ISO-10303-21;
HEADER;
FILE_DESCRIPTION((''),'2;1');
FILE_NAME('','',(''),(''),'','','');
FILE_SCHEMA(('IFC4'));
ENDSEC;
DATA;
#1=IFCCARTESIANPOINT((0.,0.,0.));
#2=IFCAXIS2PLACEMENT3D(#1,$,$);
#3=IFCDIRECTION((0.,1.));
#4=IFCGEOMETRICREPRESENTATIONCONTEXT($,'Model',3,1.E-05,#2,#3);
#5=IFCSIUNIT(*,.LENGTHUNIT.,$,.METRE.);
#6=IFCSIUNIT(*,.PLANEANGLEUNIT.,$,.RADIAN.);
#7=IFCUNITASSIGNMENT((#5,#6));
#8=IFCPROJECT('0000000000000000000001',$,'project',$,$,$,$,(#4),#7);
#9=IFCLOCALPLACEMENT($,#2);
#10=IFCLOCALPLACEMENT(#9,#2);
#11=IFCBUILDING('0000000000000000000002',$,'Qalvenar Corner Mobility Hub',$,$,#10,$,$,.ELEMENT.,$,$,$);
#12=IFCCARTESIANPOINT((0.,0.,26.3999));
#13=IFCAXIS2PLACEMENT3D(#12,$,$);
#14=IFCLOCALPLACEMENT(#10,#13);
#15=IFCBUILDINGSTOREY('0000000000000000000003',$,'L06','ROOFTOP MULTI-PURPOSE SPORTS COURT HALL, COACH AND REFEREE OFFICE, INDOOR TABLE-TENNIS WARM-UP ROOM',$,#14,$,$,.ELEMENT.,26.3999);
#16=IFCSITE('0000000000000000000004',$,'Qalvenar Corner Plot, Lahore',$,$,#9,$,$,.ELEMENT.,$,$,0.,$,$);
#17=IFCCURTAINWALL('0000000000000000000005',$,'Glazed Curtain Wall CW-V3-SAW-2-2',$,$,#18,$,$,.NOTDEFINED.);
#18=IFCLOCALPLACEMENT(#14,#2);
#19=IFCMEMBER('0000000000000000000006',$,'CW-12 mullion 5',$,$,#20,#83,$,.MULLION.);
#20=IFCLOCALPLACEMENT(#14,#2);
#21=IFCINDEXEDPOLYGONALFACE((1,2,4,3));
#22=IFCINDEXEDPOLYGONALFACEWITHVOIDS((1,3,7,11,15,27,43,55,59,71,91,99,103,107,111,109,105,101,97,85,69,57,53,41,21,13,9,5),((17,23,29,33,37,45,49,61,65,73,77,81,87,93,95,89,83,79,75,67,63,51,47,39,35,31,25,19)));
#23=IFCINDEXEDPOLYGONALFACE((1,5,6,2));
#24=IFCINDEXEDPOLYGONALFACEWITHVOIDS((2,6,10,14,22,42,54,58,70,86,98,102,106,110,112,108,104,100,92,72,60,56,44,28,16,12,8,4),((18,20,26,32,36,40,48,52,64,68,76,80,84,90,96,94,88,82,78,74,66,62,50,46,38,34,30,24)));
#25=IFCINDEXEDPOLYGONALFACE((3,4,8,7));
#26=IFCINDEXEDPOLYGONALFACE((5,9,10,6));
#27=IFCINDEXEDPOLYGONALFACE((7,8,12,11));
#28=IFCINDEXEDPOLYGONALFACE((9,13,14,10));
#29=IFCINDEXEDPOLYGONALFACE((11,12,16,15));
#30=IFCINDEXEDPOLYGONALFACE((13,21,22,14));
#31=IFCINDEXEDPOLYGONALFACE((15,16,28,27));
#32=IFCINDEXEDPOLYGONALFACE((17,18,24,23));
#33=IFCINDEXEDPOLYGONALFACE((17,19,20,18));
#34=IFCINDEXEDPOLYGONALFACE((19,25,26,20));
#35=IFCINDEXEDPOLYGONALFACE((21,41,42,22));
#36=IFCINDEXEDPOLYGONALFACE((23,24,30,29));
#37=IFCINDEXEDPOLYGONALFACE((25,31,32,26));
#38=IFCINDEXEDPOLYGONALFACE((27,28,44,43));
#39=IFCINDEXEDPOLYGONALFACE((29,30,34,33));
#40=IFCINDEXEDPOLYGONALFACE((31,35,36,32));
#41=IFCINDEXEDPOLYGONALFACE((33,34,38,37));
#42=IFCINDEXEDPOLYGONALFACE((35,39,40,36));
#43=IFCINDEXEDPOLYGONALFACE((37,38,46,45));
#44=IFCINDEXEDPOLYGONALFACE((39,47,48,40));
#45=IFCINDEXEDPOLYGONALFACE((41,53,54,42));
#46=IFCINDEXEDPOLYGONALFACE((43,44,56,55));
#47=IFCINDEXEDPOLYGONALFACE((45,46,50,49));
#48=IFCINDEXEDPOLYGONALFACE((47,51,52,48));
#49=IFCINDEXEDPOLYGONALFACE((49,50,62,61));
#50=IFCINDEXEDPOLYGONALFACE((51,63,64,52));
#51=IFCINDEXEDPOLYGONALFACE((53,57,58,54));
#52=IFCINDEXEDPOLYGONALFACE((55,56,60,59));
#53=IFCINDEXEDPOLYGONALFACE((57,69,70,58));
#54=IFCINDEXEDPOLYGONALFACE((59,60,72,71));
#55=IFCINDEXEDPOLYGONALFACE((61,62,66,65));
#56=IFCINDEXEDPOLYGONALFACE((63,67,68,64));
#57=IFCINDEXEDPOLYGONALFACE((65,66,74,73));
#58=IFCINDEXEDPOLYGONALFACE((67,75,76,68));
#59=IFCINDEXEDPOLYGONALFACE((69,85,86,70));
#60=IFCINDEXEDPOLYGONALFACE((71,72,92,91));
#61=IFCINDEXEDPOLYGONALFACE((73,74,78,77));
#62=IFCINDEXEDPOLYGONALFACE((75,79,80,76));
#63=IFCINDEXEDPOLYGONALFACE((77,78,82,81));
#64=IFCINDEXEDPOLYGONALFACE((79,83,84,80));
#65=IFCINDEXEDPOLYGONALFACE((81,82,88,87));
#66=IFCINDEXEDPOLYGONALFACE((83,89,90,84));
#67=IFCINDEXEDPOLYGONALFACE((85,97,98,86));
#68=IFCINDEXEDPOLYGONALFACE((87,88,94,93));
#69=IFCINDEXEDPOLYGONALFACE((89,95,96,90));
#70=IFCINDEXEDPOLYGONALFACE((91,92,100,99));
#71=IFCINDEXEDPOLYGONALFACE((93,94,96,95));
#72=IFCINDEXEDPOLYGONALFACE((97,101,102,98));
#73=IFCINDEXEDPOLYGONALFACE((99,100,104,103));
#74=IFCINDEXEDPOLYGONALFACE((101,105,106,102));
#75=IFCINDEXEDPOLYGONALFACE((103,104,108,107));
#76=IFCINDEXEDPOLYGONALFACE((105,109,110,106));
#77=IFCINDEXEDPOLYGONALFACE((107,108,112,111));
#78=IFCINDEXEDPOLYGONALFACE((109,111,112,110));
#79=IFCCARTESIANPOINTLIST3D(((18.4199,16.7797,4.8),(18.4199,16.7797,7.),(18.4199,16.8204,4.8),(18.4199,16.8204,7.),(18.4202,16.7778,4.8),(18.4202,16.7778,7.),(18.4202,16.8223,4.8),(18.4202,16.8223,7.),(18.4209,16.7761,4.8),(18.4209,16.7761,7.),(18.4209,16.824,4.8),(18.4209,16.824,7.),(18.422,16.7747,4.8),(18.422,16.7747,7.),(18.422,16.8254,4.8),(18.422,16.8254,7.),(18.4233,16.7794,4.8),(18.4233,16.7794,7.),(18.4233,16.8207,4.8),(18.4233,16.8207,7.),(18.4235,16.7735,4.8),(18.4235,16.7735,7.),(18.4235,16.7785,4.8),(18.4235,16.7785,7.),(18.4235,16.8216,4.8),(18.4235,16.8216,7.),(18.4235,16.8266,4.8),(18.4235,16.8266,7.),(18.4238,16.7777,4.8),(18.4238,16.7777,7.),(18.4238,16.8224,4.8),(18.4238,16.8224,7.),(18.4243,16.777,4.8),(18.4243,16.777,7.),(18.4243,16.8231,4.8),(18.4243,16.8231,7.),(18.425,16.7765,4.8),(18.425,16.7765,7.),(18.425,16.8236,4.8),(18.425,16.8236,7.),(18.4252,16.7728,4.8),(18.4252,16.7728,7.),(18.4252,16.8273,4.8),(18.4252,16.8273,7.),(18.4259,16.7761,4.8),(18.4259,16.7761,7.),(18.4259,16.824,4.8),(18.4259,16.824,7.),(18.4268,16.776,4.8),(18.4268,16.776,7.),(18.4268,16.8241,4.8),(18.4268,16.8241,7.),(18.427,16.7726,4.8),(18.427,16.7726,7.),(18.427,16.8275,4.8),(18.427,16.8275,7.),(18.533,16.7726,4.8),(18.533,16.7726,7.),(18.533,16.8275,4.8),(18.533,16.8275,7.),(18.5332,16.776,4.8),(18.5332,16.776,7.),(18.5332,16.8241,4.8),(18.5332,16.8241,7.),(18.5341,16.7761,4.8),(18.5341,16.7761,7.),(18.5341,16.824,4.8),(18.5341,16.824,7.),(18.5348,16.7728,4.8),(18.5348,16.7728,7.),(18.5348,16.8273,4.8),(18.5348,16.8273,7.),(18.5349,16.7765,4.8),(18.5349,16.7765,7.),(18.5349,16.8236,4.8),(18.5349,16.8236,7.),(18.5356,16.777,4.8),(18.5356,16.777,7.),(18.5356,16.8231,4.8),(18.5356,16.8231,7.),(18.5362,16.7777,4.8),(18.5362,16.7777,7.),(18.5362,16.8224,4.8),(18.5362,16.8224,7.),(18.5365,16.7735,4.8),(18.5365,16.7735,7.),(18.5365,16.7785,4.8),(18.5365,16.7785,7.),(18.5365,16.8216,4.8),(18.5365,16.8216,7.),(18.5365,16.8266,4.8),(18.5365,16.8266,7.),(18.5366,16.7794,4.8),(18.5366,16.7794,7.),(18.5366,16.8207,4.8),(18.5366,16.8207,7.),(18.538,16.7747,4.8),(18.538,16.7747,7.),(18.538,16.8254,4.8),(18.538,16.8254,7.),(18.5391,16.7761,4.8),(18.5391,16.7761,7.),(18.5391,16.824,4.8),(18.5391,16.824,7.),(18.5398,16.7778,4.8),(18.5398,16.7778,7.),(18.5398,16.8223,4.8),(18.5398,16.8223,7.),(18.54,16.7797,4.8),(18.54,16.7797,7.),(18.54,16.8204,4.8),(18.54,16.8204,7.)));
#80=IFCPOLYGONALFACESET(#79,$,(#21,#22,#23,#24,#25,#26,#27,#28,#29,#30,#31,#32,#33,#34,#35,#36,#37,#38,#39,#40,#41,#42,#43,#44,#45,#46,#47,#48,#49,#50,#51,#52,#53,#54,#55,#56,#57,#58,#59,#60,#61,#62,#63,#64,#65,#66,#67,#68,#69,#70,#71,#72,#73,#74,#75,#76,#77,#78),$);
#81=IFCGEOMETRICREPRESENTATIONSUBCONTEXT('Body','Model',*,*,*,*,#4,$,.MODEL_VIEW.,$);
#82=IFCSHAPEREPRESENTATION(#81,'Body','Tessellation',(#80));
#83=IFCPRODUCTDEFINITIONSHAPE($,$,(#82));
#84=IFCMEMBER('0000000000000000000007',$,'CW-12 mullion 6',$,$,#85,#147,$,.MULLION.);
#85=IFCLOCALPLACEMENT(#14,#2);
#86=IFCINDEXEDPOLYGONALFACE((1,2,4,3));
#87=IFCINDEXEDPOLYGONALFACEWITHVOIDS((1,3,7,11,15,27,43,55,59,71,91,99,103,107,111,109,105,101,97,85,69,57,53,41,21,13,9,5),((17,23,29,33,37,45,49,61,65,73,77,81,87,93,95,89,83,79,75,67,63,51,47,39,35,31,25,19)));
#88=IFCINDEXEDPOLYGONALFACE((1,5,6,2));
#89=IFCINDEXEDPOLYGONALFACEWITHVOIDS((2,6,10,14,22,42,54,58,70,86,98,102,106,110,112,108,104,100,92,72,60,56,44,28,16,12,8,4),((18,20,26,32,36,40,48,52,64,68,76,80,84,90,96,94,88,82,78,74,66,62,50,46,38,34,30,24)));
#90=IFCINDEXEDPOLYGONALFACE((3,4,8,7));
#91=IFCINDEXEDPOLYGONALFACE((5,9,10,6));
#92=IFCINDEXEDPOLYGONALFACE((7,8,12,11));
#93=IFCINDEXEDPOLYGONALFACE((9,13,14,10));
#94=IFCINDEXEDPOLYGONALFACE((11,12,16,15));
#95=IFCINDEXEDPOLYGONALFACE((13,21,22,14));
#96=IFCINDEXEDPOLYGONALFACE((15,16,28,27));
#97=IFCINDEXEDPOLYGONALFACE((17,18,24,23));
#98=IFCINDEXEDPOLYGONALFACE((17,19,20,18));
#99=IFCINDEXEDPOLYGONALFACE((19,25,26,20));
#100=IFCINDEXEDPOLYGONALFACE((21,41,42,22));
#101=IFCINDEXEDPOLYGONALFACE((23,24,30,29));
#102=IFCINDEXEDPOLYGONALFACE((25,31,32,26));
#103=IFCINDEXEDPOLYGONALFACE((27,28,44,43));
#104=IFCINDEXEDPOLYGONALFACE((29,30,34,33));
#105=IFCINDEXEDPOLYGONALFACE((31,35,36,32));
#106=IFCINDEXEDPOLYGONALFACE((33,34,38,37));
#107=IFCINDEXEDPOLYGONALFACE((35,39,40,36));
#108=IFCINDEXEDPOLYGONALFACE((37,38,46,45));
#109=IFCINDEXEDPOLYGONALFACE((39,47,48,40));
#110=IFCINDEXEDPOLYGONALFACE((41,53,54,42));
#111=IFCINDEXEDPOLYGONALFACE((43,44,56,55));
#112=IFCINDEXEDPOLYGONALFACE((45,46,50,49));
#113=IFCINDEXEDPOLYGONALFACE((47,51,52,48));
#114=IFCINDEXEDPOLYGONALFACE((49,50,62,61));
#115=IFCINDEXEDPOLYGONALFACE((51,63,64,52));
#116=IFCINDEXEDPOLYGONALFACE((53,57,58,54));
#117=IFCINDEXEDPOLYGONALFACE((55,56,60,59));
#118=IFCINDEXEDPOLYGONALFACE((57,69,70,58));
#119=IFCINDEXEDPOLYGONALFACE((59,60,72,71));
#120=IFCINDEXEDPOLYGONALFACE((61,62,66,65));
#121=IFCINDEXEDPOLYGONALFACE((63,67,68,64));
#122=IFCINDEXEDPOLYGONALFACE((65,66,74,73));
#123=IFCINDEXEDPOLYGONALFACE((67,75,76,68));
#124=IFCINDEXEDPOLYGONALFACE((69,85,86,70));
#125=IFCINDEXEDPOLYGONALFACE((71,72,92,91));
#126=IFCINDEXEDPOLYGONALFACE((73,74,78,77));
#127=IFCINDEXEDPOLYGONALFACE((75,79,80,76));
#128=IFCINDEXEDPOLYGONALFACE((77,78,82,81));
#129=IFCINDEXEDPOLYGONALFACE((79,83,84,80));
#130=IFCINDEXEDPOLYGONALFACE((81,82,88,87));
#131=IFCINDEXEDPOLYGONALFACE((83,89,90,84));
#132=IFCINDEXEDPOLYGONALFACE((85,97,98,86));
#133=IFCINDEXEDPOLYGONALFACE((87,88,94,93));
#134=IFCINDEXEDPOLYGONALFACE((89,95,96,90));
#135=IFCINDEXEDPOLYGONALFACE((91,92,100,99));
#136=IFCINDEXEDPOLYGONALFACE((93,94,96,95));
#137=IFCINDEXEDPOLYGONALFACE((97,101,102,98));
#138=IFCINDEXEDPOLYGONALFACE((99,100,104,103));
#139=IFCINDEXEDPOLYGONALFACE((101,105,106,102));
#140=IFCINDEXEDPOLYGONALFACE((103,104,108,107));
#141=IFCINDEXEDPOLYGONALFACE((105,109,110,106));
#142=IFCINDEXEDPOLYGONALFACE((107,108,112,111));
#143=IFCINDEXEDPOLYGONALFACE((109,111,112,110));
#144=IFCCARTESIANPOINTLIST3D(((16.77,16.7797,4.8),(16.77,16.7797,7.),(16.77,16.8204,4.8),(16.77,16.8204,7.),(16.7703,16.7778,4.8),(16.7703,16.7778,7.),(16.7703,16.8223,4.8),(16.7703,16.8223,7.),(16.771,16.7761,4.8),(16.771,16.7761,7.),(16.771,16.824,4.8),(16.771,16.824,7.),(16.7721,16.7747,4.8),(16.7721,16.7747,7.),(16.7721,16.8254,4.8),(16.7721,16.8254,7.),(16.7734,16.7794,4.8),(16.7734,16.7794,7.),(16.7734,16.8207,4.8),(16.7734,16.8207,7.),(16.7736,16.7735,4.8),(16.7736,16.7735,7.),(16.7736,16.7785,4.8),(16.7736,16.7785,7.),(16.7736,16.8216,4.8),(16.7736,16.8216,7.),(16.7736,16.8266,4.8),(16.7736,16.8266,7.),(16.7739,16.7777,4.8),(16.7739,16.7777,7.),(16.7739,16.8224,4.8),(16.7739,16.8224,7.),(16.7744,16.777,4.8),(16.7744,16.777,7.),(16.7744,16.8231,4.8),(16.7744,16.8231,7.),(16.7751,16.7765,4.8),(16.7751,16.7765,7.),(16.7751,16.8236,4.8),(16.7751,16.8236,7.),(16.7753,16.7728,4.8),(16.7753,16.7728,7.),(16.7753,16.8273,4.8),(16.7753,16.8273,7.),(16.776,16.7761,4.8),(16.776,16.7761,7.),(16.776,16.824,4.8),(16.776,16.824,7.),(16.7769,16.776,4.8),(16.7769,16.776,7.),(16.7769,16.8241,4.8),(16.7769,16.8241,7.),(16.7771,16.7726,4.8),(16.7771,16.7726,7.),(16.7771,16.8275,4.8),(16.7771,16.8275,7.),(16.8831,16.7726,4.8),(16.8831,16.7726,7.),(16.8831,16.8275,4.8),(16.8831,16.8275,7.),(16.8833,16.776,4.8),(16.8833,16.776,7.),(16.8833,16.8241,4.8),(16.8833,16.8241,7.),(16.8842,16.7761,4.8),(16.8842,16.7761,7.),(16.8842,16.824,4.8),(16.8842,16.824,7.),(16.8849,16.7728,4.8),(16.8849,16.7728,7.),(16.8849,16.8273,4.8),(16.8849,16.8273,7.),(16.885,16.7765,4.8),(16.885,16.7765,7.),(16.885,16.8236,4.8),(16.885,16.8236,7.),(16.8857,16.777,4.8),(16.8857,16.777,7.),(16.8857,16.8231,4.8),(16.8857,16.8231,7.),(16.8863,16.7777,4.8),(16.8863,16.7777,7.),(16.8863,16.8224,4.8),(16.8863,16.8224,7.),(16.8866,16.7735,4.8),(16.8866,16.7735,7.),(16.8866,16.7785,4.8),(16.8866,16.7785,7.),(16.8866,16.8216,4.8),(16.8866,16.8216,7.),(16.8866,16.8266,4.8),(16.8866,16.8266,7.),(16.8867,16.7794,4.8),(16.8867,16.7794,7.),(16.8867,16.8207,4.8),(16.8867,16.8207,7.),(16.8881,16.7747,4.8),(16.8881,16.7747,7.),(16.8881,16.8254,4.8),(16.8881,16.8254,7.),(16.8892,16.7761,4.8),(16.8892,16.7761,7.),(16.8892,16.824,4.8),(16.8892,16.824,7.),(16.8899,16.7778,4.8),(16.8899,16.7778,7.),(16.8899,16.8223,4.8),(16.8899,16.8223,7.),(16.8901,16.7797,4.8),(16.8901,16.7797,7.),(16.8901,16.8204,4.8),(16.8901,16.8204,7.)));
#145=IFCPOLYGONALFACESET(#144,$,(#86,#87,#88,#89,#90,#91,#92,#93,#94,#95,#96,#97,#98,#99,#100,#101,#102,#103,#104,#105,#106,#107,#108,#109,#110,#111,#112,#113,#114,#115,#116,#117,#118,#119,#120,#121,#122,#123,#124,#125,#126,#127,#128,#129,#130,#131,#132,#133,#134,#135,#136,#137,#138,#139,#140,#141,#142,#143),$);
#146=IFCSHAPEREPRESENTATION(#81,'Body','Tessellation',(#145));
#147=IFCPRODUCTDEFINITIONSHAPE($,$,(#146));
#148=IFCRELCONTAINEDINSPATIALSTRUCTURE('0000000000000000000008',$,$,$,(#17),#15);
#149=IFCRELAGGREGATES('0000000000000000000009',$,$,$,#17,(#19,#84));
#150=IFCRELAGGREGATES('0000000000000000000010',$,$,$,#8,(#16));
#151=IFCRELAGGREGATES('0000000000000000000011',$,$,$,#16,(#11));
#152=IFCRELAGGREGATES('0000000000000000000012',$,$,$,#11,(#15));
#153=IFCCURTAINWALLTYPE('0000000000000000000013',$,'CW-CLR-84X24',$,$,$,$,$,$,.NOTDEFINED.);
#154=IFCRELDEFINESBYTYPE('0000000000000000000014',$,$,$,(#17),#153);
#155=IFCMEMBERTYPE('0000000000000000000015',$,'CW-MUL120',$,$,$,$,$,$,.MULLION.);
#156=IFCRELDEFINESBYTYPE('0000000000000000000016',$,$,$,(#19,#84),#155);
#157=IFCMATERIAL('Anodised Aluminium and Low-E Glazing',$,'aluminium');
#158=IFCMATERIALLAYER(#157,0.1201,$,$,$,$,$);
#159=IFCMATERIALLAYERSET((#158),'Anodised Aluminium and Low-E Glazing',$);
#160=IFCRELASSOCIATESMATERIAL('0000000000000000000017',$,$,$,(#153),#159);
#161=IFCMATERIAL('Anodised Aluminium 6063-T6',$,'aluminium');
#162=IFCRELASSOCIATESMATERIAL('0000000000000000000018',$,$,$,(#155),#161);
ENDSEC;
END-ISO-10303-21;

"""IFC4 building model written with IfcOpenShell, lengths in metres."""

from ifc_helpers import new_model, si_unit, direction, frame, origin, origin_2d, place, context, subcontext, project, spatial, hollow_rectangle, extrude, material, layer, layer_set, material_profile, profile_set, type_object, element, aggregate, save


model = new_model("IFC4")

# Units and contexts
model_context = context("Model", 3, precision=1e-05, world=origin(), true_north=direction((0.0, 1.0)))
body_context = subcontext(model_context, "Body", "Model", "MODEL_VIEW")
ifc_project = project(units=[si_unit("LENGTHUNIT", "METRE"), si_unit("PLANEANGLEUNIT", "RADIAN")], contexts=[model_context])

# Site, building, storey
site_placement = place(None, origin())
site = spatial("IfcSite", under=ifc_project, at=site_placement, Name="Qalvenar Corner Plot, Lahore", CompositionType="ELEMENT", RefElevation=0.0)
building_placement = place(site_placement, origin())
building = spatial("IfcBuilding", under=site, at=building_placement, Name="Qalvenar Corner Mobility Hub", CompositionType="ELEMENT")
storey_placement = place(building_placement, frame((0.0, 0.0, 26.3999)))
storey = spatial("IfcBuildingStorey", under=building, at=storey_placement, Name="L06", Description="ROOFTOP MULTI-PURPOSE SPORTS COURT HALL, COACH AND REFEREE OFFICE, INDOOR TABLE-TENNIS WARM-UP ROOM", CompositionType="ELEMENT", Elevation=26.3999)

# Curtain wall, members
ifc_material_1 = material(Name="Anodised Aluminium and Low-E Glazing", Category="aluminium")
ifc_layer_1 = layer(ifc_material_1, 0.1201)
ifc_layer_set_1 = layer_set([ifc_layer_1], Name="Anodised Aluminium and Low-E Glazing")
curtain_wall_type = type_object("IfcCurtainWallType", Name="CW-CLR-84X24", PredefinedType="NOTDEFINED", material=ifc_layer_set_1)
curtain_wall_1_placement = place(storey_placement, origin())
curtain_wall_1 = element("IfcCurtainWall", 1, at=curtain_wall_1_placement, inside=storey, type_object=curtain_wall_type, Name="Glazed Curtain Wall CW-V3-SAW-2-2", PredefinedType="NOTDEFINED")
ifc_material_2 = material(Name="Anodised Aluminium 6063-T6", Category="aluminium")
ifc_material_profile_1 = material_profile(ifc_material_2, hollow_rectangle(XDim=0.0549, YDim=0.1201, WallThickness=0.0034, InnerFilletRadius=0.0034, OuterFilletRadius=0.0071, at=origin_2d()), Name="RHS120x55x3.5")
ifc_profile_set_1 = profile_set([ifc_material_profile_1], Name="Anodised Aluminium 6063-T6")
member_type_1 = type_object("IfcMemberType", Name="CW-MUL120", PredefinedType="MULLION", material=ifc_profile_set_1)
member_1_placement = place(storey_placement, frame((18.48, 16.8, 4.8), z_axis=(0.0, 0.0, 1.0), x_axis=(0.0, -1.0, 0.0)))
member_1 = element("IfcMember", 2, at=member_1_placement, type_object=member_type_1, Name="CW-12 mullion 5", PredefinedType="MULLION", context=body_context, shape_type="SweptSolid", body=[
    extrude(hollow_rectangle(XDim=0.0549, YDim=0.1201, WallThickness=0.0034, InnerFilletRadius=0.0034, OuterFilletRadius=0.0071, at=origin_2d()), origin(), (0.0, 0.0, 1.0), 2.2),
])
member_2_placement = place(storey_placement, frame((16.8301, 16.8, 4.8), z_axis=(0.0, 0.0, 1.0), x_axis=(0.0, -1.0, 0.0)))
member_2 = element("IfcMember", 3, at=member_2_placement, type_object=member_type_1, Name="CW-12 mullion 6", PredefinedType="MULLION", context=body_context, shape_type="SweptSolid", body=[
    extrude(hollow_rectangle(XDim=0.0549, YDim=0.1201, WallThickness=0.0034, InnerFilletRadius=0.0034, OuterFilletRadius=0.0071, at=origin_2d()), origin(), (0.0, 0.0, 1.0), 2.2),
])

aggregate(curtain_wall_1, [member_1, member_2])

save(model, "model.ifc")
